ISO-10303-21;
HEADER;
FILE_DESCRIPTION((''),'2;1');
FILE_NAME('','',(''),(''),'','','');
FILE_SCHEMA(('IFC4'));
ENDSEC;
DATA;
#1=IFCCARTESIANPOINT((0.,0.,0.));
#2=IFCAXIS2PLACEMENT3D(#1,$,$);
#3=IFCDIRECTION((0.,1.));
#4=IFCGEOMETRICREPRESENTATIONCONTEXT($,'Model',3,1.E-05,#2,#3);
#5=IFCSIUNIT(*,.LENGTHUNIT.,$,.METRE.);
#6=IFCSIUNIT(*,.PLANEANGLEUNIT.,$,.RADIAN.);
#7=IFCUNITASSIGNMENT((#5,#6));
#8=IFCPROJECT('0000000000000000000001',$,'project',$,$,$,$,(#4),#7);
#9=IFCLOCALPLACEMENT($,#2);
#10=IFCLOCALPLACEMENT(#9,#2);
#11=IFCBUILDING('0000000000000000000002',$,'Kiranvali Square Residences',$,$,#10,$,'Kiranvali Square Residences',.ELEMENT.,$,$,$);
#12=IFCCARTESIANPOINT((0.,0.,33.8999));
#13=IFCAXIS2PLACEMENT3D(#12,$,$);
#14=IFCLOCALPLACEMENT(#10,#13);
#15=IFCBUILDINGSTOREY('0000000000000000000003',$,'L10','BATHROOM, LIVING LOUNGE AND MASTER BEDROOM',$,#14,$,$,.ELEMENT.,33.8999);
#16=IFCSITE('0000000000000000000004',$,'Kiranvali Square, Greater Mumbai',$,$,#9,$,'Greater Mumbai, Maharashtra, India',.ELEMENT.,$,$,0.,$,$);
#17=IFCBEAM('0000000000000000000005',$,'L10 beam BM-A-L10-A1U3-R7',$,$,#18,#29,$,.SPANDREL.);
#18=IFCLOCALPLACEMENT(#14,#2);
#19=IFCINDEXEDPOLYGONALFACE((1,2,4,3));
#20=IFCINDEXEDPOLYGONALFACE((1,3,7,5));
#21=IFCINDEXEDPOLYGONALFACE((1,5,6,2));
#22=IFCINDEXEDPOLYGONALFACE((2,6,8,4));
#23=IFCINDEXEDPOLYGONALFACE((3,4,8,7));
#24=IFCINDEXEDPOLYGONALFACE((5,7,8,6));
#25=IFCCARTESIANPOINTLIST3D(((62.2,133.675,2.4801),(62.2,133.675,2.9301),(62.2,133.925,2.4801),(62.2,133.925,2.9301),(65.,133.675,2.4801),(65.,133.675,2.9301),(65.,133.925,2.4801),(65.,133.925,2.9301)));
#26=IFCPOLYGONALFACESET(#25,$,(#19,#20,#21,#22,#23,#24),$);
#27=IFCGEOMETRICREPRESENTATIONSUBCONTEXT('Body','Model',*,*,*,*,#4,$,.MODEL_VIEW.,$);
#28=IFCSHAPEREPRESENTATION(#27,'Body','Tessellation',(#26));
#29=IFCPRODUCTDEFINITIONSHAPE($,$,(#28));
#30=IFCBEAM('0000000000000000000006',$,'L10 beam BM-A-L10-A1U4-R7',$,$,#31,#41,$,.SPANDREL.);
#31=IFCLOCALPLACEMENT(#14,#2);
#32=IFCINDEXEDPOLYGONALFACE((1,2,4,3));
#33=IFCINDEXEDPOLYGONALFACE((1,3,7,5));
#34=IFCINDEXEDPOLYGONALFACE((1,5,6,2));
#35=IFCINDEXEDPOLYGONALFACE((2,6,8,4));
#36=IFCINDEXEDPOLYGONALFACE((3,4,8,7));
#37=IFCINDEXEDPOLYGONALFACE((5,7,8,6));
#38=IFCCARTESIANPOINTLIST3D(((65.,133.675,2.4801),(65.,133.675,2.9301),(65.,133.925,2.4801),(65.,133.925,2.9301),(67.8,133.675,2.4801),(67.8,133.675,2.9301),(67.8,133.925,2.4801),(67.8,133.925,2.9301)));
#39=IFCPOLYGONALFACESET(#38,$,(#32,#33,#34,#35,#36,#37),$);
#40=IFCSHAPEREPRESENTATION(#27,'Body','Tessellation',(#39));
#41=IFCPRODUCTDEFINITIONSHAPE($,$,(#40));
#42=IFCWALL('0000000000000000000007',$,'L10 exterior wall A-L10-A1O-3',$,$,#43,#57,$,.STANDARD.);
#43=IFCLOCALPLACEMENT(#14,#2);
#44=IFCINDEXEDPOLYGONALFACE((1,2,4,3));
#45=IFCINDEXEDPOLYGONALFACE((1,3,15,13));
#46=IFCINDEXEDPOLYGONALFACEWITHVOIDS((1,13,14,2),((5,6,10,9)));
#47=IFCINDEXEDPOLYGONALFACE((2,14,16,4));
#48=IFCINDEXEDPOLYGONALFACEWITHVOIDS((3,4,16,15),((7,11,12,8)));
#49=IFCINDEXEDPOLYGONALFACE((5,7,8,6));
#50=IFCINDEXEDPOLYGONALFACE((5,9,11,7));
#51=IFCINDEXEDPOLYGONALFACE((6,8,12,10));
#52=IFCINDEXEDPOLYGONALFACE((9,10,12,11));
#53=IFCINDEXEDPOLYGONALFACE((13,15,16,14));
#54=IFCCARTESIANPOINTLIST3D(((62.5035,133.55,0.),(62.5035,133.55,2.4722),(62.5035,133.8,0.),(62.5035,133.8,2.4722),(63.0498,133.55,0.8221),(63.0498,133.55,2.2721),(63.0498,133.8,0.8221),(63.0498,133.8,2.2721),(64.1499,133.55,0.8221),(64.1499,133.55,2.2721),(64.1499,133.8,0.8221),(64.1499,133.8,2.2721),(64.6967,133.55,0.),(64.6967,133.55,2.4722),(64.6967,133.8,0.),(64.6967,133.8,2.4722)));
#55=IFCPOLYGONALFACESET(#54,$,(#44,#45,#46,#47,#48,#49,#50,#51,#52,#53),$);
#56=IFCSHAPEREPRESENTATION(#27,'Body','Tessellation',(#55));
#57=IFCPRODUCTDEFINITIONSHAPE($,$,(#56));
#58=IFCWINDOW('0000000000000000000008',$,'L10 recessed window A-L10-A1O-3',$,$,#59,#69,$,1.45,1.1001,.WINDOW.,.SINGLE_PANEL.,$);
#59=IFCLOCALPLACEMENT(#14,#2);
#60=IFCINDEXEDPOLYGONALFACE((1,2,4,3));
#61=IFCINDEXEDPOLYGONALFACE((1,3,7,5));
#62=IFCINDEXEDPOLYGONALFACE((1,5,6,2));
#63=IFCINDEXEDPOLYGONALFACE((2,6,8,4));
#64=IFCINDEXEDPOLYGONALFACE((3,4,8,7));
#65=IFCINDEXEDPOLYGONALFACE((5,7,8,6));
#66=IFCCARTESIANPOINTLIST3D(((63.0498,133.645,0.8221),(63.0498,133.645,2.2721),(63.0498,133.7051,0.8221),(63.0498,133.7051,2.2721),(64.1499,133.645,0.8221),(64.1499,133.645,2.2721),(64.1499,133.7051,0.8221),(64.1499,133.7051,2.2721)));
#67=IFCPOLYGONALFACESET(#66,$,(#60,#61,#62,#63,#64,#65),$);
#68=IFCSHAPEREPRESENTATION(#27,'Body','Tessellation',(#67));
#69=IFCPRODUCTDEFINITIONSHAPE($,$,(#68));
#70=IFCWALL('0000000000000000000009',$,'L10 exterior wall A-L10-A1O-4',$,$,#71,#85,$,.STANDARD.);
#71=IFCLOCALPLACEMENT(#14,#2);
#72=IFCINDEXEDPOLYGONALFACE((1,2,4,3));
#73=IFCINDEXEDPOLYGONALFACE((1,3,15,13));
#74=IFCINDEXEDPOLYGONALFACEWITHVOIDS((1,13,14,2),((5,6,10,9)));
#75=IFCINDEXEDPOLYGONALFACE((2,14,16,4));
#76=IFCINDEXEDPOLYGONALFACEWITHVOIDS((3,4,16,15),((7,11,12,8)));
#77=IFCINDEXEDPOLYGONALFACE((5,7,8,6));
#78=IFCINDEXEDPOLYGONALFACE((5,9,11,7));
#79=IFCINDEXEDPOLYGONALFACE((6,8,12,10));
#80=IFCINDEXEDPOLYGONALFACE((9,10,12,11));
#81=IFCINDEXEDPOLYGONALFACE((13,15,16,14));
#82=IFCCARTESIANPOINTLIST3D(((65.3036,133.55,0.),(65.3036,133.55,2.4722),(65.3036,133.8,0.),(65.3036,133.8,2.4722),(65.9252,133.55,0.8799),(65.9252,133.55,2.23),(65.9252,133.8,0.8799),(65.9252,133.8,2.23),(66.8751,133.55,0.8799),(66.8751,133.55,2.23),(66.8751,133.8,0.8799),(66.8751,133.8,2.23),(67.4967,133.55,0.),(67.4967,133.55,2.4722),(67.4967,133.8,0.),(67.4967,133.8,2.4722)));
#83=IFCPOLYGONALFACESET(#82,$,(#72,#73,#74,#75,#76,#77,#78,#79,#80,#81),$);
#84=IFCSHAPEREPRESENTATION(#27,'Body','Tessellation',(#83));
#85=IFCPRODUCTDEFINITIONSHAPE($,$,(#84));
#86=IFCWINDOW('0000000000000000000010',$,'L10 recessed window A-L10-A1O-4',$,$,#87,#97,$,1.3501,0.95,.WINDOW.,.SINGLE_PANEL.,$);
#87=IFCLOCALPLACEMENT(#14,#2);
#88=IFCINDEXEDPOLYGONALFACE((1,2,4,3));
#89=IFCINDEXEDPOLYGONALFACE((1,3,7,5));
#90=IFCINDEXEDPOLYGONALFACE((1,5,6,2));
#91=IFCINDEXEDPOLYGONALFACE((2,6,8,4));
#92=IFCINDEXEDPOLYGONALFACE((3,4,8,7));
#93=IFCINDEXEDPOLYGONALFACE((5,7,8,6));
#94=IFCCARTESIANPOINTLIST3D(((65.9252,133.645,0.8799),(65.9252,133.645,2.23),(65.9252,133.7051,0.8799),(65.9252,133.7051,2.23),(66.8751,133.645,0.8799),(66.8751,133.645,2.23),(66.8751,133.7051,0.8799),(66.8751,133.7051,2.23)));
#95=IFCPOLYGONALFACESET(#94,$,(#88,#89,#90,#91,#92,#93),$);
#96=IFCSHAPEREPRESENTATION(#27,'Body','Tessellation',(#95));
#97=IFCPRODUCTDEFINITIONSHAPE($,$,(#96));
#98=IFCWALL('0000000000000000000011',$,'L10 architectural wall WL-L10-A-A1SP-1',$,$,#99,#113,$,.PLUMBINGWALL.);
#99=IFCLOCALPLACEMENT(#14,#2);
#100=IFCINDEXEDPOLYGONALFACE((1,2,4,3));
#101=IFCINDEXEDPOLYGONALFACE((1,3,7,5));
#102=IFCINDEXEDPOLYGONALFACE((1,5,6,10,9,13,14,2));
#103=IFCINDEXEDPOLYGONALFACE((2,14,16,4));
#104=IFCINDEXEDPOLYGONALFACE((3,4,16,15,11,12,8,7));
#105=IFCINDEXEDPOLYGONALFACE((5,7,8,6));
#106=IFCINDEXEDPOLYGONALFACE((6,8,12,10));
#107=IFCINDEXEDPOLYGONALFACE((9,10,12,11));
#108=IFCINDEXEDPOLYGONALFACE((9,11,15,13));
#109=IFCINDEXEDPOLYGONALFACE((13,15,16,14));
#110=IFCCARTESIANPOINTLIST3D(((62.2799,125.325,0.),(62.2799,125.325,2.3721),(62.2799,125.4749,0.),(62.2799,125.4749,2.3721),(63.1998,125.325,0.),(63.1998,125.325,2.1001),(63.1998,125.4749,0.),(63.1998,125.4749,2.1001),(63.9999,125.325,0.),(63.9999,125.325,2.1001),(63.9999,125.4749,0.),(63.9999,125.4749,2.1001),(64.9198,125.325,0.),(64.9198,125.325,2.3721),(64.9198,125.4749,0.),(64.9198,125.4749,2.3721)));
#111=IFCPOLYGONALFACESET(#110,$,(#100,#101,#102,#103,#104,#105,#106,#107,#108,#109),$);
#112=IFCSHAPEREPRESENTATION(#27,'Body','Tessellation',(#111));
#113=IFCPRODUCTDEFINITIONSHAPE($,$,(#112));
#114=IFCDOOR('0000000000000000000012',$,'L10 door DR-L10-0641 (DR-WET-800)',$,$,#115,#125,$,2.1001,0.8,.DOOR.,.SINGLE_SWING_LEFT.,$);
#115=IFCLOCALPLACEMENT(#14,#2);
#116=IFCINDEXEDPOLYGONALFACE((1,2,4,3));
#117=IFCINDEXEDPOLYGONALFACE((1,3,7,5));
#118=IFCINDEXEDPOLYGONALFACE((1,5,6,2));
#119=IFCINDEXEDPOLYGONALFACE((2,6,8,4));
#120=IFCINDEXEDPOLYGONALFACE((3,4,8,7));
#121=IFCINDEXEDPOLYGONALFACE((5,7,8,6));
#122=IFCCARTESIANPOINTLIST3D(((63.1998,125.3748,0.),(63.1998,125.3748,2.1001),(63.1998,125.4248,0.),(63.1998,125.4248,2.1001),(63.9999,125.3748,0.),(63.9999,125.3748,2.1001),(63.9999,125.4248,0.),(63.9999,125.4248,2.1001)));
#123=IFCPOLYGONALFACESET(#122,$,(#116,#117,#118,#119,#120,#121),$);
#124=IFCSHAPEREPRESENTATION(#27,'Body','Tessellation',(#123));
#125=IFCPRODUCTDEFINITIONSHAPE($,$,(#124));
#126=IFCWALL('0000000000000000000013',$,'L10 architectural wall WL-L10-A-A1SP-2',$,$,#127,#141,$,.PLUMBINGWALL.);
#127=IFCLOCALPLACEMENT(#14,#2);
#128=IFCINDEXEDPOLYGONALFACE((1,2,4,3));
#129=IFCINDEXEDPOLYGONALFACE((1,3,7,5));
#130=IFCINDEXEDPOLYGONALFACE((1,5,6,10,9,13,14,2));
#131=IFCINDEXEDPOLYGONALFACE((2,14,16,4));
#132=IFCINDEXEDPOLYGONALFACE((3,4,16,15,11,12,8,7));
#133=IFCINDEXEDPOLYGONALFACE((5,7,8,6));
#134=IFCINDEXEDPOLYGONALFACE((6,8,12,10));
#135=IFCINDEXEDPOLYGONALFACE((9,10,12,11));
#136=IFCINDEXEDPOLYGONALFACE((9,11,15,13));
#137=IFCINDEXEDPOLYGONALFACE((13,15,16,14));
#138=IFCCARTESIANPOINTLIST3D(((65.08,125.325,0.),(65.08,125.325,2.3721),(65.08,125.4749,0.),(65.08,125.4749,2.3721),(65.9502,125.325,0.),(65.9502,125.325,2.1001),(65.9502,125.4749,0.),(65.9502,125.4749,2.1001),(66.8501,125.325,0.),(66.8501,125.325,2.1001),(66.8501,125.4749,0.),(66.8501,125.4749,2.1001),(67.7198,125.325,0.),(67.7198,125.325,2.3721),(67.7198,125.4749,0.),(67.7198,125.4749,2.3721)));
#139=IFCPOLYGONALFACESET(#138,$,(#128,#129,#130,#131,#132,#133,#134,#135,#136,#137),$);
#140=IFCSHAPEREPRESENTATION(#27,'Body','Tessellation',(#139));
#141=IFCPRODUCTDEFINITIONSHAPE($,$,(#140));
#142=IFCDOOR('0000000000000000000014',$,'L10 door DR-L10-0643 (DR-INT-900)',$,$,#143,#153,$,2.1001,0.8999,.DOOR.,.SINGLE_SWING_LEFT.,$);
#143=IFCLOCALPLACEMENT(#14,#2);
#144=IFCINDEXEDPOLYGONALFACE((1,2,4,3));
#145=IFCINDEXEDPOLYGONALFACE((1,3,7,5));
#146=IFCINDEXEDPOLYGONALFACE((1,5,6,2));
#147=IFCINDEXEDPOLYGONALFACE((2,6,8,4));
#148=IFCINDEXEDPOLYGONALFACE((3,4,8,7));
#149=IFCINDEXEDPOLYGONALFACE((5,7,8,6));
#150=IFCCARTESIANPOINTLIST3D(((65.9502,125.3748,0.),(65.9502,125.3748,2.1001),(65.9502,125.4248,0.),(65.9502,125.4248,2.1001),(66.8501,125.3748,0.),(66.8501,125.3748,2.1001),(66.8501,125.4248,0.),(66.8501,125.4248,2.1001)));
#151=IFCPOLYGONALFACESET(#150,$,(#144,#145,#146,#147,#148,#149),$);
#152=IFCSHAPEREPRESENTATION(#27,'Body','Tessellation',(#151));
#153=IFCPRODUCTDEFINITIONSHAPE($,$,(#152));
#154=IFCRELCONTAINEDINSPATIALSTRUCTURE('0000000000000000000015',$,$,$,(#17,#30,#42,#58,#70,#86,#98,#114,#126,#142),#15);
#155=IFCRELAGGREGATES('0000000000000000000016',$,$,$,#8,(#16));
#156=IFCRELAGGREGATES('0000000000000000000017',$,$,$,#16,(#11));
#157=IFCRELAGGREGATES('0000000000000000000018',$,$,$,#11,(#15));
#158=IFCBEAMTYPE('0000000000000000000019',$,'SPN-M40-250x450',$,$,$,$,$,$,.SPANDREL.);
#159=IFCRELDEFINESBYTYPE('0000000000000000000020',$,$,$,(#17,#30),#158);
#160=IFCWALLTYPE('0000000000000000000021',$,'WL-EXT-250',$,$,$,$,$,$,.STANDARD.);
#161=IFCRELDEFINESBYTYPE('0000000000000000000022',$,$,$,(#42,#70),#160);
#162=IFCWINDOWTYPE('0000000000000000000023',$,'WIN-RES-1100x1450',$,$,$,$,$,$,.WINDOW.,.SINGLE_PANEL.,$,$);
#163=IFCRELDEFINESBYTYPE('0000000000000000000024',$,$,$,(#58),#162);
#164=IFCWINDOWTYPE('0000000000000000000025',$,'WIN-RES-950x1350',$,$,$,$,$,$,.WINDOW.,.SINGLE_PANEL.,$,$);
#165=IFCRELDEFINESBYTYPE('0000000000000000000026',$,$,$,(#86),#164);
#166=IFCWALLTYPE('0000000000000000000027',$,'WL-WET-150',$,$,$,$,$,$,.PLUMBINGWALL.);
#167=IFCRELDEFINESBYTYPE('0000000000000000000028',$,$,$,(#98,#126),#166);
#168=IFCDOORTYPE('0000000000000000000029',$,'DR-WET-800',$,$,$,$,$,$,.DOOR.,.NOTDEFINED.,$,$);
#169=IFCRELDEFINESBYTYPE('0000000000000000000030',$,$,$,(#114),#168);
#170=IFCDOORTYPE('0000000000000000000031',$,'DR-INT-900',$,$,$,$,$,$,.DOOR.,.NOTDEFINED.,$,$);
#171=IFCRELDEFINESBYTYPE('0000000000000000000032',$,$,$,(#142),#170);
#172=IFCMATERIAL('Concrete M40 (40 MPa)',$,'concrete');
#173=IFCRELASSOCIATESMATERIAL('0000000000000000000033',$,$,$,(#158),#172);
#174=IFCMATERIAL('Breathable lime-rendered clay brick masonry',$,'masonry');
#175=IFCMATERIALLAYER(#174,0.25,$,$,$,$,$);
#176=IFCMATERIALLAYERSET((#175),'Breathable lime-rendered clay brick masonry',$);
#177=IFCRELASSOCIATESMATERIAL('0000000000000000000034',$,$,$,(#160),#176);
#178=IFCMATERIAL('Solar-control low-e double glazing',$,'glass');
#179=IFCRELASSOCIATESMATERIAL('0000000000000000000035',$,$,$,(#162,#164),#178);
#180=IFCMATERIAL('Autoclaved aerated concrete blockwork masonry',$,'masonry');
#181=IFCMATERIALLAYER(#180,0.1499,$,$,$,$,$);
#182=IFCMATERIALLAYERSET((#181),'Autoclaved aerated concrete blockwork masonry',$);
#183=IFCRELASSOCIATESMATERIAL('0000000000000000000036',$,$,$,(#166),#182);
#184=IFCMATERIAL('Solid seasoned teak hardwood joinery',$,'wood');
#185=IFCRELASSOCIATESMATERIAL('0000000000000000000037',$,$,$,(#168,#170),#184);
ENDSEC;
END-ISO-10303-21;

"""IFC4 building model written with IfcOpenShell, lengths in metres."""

from ifc_helpers import new_model, si_unit, direction, frame, frame_2d, origin, origin_2d, place, context, subcontext, project, spatial, rectangle, extrude, material, layer, layer_set, material_profile, profile_set, type_object, element, fill, save


model = new_model("IFC4")

# Units and contexts
model_context = context("Model", 3, precision=1e-05, world=origin(), true_north=direction((0.0, 1.0)))
body_context = subcontext(model_context, "Body", "Model", "MODEL_VIEW")
ifc_project = project(units=[si_unit("LENGTHUNIT", "METRE"), si_unit("PLANEANGLEUNIT", "RADIAN")], contexts=[model_context])

# Site, building, storey
site_placement = place(None, origin())
site = spatial("IfcSite", under=ifc_project, at=site_placement, Name="Kiranvali Square, Greater Mumbai", LongName="Greater Mumbai, Maharashtra, India", CompositionType="ELEMENT", RefElevation=0.0)
building_placement = place(site_placement, origin())
building = spatial("IfcBuilding", under=site, at=building_placement, Name="Kiranvali Square Residences", LongName="Kiranvali Square Residences", CompositionType="ELEMENT")
storey_placement = place(building_placement, frame((0.0, 0.0, 33.8999)))
storey = spatial("IfcBuildingStorey", under=building, at=storey_placement, Name="L10", Description="BATHROOM, LIVING LOUNGE AND MASTER BEDROOM", CompositionType="ELEMENT", Elevation=33.8999)

# Shared definitions
ifc_material_1 = material(Name="Concrete M40 (40 MPa)", Category="concrete")

# Beams
ifc_material_profile_1 = material_profile(ifc_material_1, rectangle(XDim=0.25, YDim=0.45, at=origin_2d()), Name="RC 250x450")
ifc_profile_set_1 = profile_set([ifc_material_profile_1], Name="Concrete M40 (40 MPa)")
beam_type_1 = type_object("IfcBeamType", Name="SPN-M40-250x450", PredefinedType="SPANDREL", material=ifc_profile_set_1)
for number, where, z_axis, x_axis, name in (
    (1, (62.2, 133.8, 2.7051), (1.0, 0.0, 0.0), (0.0, 1.0, 0.0), "L10 beam BM-A-L10-A1U3-R7"),
    (2, (65.0, 133.8, 2.7051), (1.0, 0.0, 0.0), (0.0, 1.0, 0.0), "L10 beam BM-A-L10-A1U4-R7"),
):
    element("IfcBeam", number, at=place(storey_placement, frame(where, z_axis=z_axis, x_axis=x_axis)), inside=storey, type_object=beam_type_1, Name=name, PredefinedType="SPANDREL", context=body_context, shape_type="SweptSolid", body=[
        extrude(rectangle(XDim=0.25, YDim=0.45, at=origin_2d()), origin(), (0.0, 0.0, 1.0), 2.8),
    ])

# Walls, openings, windows
ifc_material_2 = material(Name="Breathable lime-rendered clay brick masonry", Category="masonry")
ifc_layer_1 = layer(ifc_material_2, 0.25)
ifc_layer_set_1 = layer_set([ifc_layer_1], Name="Breathable lime-rendered clay brick masonry")
wall_type_1 = type_object("IfcWallType", Name="WL-EXT-250", PredefinedType="STANDARD", material=ifc_layer_set_1)
wall_1_placement = place(storey_placement, frame((62.5034, 133.675, 0.0), z_axis=(0.0, 0.0, 1.0), x_axis=(1.0, 0.0, 0.0)))
wall_1 = element("IfcWall", 3, at=wall_1_placement, inside=storey, type_object=wall_type_1, Name="L10 exterior wall A-L10-A1O-3", PredefinedType="STANDARD", context=body_context, shape_type="SweptSolid", body=[
    extrude(rectangle(XDim=2.1931, YDim=0.25, at=frame_2d((1.0967, 0.0))), origin(), (0.0, 0.0, 1.0), 2.4722),
])
opening_1_placement = place(wall_1_placement, frame((0.5464, 0.0, 0.822)))
opening_1 = element("IfcOpeningElement", 4, at=opening_1_placement, cuts=wall_1, PredefinedType="OPENING", context=body_context, shape_type="SweptSolid", body=[
    extrude(rectangle(XDim=1.1001, YDim=1.45, at=frame_2d((0.55, 0.7251))), frame((0.0, 0.135, 0.0), z_axis=(0.0, -1.0, 0.0), x_axis=(1.0, 0.0, 0.0)), (0.0, 0.0, 1.0), 0.27),
])
ifc_material_3 = material(Name="Solar-control low-e double glazing", Category="glass")
window_type_1 = type_object("IfcWindowType", Name="WIN-RES-1100x1450", PartitioningType="SINGLE_PANEL", PredefinedType="WINDOW", material=ifc_material_3)
window_1_placement = place(opening_1_placement, origin())
window_1 = element("IfcWindow", 5, at=window_1_placement, inside=storey, type_object=window_type_1, Name="L10 recessed window A-L10-A1O-3", OverallHeight=1.45, OverallWidth=1.1001, PartitioningType="SINGLE_PANEL", PredefinedType="WINDOW", context=body_context, shape_type="SweptSolid", body=[
    extrude(rectangle(XDim=1.1001, YDim=1.45, at=frame_2d((0.55, 0.7251))), frame((0.0, 0.03, 0.0), z_axis=(0.0, -1.0, 0.0), x_axis=(1.0, 0.0, 0.0)), (0.0, 0.0, 1.0), 0.0601),
])
fill(opening_1, window_1)
wall_2_placement = place(storey_placement, frame((65.3035, 133.675, 0.0), z_axis=(0.0, 0.0, 1.0), x_axis=(1.0, 0.0, 0.0)))
wall_2 = element("IfcWall", 6, at=wall_2_placement, inside=storey, type_object=wall_type_1, Name="L10 exterior wall A-L10-A1O-4", PredefinedType="STANDARD", context=body_context, shape_type="SweptSolid", body=[
    extrude(rectangle(XDim=2.1931, YDim=0.25, at=frame_2d((1.0967, 0.0))), origin(), (0.0, 0.0, 1.0), 2.4722),
])
opening_2_placement = place(wall_2_placement, frame((0.6216, 0.0, 0.8799)))
opening_2 = element("IfcOpeningElement", 7, at=opening_2_placement, cuts=wall_2, PredefinedType="OPENING", context=body_context, shape_type="SweptSolid", body=[
    extrude(rectangle(XDim=0.95, YDim=1.3501, at=frame_2d((0.4751, 0.675))), frame((0.0, 0.135, 0.0), z_axis=(0.0, -1.0, 0.0), x_axis=(1.0, 0.0, 0.0)), (0.0, 0.0, 1.0), 0.27),
])
window_type_2 = type_object("IfcWindowType", Name="WIN-RES-950x1350", PartitioningType="SINGLE_PANEL", PredefinedType="WINDOW", material=ifc_material_3)
window_2_placement = place(opening_2_placement, origin())
window_2 = element("IfcWindow", 8, at=window_2_placement, inside=storey, type_object=window_type_2, Name="L10 recessed window A-L10-A1O-4", OverallHeight=1.3501, OverallWidth=0.95, PartitioningType="SINGLE_PANEL", PredefinedType="WINDOW", context=body_context, shape_type="SweptSolid", body=[
    extrude(rectangle(XDim=0.95, YDim=1.3501, at=frame_2d((0.4751, 0.675))), frame((0.0, 0.03, 0.0), z_axis=(0.0, -1.0, 0.0), x_axis=(1.0, 0.0, 0.0)), (0.0, 0.0, 1.0), 0.0601),
])
fill(opening_2, window_2)

# Walls, openings, doors
ifc_material_4 = material(Name="Autoclaved aerated concrete blockwork masonry", Category="masonry")
ifc_layer_2 = layer(ifc_material_4, 0.1499)
ifc_layer_set_2 = layer_set([ifc_layer_2], Name="Autoclaved aerated concrete blockwork masonry")
wall_type_2 = type_object("IfcWallType", Name="WL-WET-150", PredefinedType="PLUMBINGWALL", material=ifc_layer_set_2)
wall_3_placement = place(storey_placement, frame((62.28, 125.3999, 0.0), z_axis=(0.0, 0.0, 1.0), x_axis=(1.0, 0.0, 0.0)))
wall_3 = element("IfcWall", 9, at=wall_3_placement, inside=storey, type_object=wall_type_2, Name="L10 architectural wall WL-L10-A-A1SP-1", PredefinedType="PLUMBINGWALL", context=body_context, shape_type="SweptSolid", body=[
    extrude(rectangle(XDim=2.6399, YDim=0.1499, at=frame_2d((1.3198, 0.0))), origin(), (0.0, 0.0, 1.0), 2.3721),
])
opening_3_placement = place(wall_3_placement, frame((0.9199, 0.0, 0.0)))
opening_3 = element("IfcOpeningElement", 10, at=opening_3_placement, cuts=wall_3, PredefinedType="OPENING", context=body_context, shape_type="SweptSolid", body=[
    extrude(rectangle(XDim=0.8, YDim=2.1001, at=frame_2d((0.3999, 1.05))), frame((0.0, 0.085, 0.0), z_axis=(0.0, -1.0, 0.0), x_axis=(1.0, 0.0, 0.0)), (0.0, 0.0, 1.0), 0.1699),
])
ifc_material_5 = material(Name="Solid seasoned teak hardwood joinery", Category="wood")
door_type_1 = type_object("IfcDoorType", Name="DR-WET-800", OperationType="NOTDEFINED", PredefinedType="DOOR", material=ifc_material_5)
door_1_placement = place(opening_3_placement, origin())
door_1 = element("IfcDoor", 11, at=door_1_placement, inside=storey, type_object=door_type_1, Name="L10 door DR-L10-0641 (DR-WET-800)", OperationType="SINGLE_SWING_LEFT", OverallHeight=2.1001, OverallWidth=0.8, PredefinedType="DOOR", context=body_context, shape_type="SweptSolid", body=[
    extrude(rectangle(XDim=0.8, YDim=2.1001, at=frame_2d((0.3999, 1.05))), frame((0.0, 0.0249, 0.0), z_axis=(0.0, -1.0, 0.0), x_axis=(1.0, 0.0, 0.0)), (0.0, 0.0, 1.0), 0.05),
])
fill(opening_3, door_1)
wall_4_placement = place(storey_placement, frame((65.0801, 125.3999, 0.0), z_axis=(0.0, 0.0, 1.0), x_axis=(1.0, 0.0, 0.0)))
wall_4 = element("IfcWall", 12, at=wall_4_placement, inside=storey, type_object=wall_type_2, Name="L10 architectural wall WL-L10-A-A1SP-2", PredefinedType="PLUMBINGWALL", context=body_context, shape_type="SweptSolid", body=[
    extrude(rectangle(XDim=2.6399, YDim=0.1499, at=frame_2d((1.3198, 0.0))), origin(), (0.0, 0.0, 1.0), 2.3721),
])
opening_4_placement = place(wall_4_placement, frame((0.8701, 0.0, 0.0)))
opening_4 = element("IfcOpeningElement", 13, at=opening_4_placement, cuts=wall_4, PredefinedType="OPENING", context=body_context, shape_type="SweptSolid", body=[
    extrude(rectangle(XDim=0.8999, YDim=2.1001, at=frame_2d((0.45, 1.05))), frame((0.0, 0.085, 0.0), z_axis=(0.0, -1.0, 0.0), x_axis=(1.0, 0.0, 0.0)), (0.0, 0.0, 1.0), 0.1699),
])
door_type_2 = type_object("IfcDoorType", Name="DR-INT-900", OperationType="NOTDEFINED", PredefinedType="DOOR", material=ifc_material_5)
door_2_placement = place(opening_4_placement, origin())
door_2 = element("IfcDoor", 14, at=door_2_placement, inside=storey, type_object=door_type_2, Name="L10 door DR-L10-0643 (DR-INT-900)", OperationType="SINGLE_SWING_LEFT", OverallHeight=2.1001, OverallWidth=0.8999, PredefinedType="DOOR", context=body_context, shape_type="SweptSolid", body=[
    extrude(rectangle(XDim=0.8999, YDim=2.1001, at=frame_2d((0.45, 1.05))), frame((0.0, 0.0249, 0.0), z_axis=(0.0, -1.0, 0.0), x_axis=(1.0, 0.0, 0.0)), (0.0, 0.0, 1.0), 0.05),
])
fill(opening_4, door_2)

save(model, "model.ifc")
